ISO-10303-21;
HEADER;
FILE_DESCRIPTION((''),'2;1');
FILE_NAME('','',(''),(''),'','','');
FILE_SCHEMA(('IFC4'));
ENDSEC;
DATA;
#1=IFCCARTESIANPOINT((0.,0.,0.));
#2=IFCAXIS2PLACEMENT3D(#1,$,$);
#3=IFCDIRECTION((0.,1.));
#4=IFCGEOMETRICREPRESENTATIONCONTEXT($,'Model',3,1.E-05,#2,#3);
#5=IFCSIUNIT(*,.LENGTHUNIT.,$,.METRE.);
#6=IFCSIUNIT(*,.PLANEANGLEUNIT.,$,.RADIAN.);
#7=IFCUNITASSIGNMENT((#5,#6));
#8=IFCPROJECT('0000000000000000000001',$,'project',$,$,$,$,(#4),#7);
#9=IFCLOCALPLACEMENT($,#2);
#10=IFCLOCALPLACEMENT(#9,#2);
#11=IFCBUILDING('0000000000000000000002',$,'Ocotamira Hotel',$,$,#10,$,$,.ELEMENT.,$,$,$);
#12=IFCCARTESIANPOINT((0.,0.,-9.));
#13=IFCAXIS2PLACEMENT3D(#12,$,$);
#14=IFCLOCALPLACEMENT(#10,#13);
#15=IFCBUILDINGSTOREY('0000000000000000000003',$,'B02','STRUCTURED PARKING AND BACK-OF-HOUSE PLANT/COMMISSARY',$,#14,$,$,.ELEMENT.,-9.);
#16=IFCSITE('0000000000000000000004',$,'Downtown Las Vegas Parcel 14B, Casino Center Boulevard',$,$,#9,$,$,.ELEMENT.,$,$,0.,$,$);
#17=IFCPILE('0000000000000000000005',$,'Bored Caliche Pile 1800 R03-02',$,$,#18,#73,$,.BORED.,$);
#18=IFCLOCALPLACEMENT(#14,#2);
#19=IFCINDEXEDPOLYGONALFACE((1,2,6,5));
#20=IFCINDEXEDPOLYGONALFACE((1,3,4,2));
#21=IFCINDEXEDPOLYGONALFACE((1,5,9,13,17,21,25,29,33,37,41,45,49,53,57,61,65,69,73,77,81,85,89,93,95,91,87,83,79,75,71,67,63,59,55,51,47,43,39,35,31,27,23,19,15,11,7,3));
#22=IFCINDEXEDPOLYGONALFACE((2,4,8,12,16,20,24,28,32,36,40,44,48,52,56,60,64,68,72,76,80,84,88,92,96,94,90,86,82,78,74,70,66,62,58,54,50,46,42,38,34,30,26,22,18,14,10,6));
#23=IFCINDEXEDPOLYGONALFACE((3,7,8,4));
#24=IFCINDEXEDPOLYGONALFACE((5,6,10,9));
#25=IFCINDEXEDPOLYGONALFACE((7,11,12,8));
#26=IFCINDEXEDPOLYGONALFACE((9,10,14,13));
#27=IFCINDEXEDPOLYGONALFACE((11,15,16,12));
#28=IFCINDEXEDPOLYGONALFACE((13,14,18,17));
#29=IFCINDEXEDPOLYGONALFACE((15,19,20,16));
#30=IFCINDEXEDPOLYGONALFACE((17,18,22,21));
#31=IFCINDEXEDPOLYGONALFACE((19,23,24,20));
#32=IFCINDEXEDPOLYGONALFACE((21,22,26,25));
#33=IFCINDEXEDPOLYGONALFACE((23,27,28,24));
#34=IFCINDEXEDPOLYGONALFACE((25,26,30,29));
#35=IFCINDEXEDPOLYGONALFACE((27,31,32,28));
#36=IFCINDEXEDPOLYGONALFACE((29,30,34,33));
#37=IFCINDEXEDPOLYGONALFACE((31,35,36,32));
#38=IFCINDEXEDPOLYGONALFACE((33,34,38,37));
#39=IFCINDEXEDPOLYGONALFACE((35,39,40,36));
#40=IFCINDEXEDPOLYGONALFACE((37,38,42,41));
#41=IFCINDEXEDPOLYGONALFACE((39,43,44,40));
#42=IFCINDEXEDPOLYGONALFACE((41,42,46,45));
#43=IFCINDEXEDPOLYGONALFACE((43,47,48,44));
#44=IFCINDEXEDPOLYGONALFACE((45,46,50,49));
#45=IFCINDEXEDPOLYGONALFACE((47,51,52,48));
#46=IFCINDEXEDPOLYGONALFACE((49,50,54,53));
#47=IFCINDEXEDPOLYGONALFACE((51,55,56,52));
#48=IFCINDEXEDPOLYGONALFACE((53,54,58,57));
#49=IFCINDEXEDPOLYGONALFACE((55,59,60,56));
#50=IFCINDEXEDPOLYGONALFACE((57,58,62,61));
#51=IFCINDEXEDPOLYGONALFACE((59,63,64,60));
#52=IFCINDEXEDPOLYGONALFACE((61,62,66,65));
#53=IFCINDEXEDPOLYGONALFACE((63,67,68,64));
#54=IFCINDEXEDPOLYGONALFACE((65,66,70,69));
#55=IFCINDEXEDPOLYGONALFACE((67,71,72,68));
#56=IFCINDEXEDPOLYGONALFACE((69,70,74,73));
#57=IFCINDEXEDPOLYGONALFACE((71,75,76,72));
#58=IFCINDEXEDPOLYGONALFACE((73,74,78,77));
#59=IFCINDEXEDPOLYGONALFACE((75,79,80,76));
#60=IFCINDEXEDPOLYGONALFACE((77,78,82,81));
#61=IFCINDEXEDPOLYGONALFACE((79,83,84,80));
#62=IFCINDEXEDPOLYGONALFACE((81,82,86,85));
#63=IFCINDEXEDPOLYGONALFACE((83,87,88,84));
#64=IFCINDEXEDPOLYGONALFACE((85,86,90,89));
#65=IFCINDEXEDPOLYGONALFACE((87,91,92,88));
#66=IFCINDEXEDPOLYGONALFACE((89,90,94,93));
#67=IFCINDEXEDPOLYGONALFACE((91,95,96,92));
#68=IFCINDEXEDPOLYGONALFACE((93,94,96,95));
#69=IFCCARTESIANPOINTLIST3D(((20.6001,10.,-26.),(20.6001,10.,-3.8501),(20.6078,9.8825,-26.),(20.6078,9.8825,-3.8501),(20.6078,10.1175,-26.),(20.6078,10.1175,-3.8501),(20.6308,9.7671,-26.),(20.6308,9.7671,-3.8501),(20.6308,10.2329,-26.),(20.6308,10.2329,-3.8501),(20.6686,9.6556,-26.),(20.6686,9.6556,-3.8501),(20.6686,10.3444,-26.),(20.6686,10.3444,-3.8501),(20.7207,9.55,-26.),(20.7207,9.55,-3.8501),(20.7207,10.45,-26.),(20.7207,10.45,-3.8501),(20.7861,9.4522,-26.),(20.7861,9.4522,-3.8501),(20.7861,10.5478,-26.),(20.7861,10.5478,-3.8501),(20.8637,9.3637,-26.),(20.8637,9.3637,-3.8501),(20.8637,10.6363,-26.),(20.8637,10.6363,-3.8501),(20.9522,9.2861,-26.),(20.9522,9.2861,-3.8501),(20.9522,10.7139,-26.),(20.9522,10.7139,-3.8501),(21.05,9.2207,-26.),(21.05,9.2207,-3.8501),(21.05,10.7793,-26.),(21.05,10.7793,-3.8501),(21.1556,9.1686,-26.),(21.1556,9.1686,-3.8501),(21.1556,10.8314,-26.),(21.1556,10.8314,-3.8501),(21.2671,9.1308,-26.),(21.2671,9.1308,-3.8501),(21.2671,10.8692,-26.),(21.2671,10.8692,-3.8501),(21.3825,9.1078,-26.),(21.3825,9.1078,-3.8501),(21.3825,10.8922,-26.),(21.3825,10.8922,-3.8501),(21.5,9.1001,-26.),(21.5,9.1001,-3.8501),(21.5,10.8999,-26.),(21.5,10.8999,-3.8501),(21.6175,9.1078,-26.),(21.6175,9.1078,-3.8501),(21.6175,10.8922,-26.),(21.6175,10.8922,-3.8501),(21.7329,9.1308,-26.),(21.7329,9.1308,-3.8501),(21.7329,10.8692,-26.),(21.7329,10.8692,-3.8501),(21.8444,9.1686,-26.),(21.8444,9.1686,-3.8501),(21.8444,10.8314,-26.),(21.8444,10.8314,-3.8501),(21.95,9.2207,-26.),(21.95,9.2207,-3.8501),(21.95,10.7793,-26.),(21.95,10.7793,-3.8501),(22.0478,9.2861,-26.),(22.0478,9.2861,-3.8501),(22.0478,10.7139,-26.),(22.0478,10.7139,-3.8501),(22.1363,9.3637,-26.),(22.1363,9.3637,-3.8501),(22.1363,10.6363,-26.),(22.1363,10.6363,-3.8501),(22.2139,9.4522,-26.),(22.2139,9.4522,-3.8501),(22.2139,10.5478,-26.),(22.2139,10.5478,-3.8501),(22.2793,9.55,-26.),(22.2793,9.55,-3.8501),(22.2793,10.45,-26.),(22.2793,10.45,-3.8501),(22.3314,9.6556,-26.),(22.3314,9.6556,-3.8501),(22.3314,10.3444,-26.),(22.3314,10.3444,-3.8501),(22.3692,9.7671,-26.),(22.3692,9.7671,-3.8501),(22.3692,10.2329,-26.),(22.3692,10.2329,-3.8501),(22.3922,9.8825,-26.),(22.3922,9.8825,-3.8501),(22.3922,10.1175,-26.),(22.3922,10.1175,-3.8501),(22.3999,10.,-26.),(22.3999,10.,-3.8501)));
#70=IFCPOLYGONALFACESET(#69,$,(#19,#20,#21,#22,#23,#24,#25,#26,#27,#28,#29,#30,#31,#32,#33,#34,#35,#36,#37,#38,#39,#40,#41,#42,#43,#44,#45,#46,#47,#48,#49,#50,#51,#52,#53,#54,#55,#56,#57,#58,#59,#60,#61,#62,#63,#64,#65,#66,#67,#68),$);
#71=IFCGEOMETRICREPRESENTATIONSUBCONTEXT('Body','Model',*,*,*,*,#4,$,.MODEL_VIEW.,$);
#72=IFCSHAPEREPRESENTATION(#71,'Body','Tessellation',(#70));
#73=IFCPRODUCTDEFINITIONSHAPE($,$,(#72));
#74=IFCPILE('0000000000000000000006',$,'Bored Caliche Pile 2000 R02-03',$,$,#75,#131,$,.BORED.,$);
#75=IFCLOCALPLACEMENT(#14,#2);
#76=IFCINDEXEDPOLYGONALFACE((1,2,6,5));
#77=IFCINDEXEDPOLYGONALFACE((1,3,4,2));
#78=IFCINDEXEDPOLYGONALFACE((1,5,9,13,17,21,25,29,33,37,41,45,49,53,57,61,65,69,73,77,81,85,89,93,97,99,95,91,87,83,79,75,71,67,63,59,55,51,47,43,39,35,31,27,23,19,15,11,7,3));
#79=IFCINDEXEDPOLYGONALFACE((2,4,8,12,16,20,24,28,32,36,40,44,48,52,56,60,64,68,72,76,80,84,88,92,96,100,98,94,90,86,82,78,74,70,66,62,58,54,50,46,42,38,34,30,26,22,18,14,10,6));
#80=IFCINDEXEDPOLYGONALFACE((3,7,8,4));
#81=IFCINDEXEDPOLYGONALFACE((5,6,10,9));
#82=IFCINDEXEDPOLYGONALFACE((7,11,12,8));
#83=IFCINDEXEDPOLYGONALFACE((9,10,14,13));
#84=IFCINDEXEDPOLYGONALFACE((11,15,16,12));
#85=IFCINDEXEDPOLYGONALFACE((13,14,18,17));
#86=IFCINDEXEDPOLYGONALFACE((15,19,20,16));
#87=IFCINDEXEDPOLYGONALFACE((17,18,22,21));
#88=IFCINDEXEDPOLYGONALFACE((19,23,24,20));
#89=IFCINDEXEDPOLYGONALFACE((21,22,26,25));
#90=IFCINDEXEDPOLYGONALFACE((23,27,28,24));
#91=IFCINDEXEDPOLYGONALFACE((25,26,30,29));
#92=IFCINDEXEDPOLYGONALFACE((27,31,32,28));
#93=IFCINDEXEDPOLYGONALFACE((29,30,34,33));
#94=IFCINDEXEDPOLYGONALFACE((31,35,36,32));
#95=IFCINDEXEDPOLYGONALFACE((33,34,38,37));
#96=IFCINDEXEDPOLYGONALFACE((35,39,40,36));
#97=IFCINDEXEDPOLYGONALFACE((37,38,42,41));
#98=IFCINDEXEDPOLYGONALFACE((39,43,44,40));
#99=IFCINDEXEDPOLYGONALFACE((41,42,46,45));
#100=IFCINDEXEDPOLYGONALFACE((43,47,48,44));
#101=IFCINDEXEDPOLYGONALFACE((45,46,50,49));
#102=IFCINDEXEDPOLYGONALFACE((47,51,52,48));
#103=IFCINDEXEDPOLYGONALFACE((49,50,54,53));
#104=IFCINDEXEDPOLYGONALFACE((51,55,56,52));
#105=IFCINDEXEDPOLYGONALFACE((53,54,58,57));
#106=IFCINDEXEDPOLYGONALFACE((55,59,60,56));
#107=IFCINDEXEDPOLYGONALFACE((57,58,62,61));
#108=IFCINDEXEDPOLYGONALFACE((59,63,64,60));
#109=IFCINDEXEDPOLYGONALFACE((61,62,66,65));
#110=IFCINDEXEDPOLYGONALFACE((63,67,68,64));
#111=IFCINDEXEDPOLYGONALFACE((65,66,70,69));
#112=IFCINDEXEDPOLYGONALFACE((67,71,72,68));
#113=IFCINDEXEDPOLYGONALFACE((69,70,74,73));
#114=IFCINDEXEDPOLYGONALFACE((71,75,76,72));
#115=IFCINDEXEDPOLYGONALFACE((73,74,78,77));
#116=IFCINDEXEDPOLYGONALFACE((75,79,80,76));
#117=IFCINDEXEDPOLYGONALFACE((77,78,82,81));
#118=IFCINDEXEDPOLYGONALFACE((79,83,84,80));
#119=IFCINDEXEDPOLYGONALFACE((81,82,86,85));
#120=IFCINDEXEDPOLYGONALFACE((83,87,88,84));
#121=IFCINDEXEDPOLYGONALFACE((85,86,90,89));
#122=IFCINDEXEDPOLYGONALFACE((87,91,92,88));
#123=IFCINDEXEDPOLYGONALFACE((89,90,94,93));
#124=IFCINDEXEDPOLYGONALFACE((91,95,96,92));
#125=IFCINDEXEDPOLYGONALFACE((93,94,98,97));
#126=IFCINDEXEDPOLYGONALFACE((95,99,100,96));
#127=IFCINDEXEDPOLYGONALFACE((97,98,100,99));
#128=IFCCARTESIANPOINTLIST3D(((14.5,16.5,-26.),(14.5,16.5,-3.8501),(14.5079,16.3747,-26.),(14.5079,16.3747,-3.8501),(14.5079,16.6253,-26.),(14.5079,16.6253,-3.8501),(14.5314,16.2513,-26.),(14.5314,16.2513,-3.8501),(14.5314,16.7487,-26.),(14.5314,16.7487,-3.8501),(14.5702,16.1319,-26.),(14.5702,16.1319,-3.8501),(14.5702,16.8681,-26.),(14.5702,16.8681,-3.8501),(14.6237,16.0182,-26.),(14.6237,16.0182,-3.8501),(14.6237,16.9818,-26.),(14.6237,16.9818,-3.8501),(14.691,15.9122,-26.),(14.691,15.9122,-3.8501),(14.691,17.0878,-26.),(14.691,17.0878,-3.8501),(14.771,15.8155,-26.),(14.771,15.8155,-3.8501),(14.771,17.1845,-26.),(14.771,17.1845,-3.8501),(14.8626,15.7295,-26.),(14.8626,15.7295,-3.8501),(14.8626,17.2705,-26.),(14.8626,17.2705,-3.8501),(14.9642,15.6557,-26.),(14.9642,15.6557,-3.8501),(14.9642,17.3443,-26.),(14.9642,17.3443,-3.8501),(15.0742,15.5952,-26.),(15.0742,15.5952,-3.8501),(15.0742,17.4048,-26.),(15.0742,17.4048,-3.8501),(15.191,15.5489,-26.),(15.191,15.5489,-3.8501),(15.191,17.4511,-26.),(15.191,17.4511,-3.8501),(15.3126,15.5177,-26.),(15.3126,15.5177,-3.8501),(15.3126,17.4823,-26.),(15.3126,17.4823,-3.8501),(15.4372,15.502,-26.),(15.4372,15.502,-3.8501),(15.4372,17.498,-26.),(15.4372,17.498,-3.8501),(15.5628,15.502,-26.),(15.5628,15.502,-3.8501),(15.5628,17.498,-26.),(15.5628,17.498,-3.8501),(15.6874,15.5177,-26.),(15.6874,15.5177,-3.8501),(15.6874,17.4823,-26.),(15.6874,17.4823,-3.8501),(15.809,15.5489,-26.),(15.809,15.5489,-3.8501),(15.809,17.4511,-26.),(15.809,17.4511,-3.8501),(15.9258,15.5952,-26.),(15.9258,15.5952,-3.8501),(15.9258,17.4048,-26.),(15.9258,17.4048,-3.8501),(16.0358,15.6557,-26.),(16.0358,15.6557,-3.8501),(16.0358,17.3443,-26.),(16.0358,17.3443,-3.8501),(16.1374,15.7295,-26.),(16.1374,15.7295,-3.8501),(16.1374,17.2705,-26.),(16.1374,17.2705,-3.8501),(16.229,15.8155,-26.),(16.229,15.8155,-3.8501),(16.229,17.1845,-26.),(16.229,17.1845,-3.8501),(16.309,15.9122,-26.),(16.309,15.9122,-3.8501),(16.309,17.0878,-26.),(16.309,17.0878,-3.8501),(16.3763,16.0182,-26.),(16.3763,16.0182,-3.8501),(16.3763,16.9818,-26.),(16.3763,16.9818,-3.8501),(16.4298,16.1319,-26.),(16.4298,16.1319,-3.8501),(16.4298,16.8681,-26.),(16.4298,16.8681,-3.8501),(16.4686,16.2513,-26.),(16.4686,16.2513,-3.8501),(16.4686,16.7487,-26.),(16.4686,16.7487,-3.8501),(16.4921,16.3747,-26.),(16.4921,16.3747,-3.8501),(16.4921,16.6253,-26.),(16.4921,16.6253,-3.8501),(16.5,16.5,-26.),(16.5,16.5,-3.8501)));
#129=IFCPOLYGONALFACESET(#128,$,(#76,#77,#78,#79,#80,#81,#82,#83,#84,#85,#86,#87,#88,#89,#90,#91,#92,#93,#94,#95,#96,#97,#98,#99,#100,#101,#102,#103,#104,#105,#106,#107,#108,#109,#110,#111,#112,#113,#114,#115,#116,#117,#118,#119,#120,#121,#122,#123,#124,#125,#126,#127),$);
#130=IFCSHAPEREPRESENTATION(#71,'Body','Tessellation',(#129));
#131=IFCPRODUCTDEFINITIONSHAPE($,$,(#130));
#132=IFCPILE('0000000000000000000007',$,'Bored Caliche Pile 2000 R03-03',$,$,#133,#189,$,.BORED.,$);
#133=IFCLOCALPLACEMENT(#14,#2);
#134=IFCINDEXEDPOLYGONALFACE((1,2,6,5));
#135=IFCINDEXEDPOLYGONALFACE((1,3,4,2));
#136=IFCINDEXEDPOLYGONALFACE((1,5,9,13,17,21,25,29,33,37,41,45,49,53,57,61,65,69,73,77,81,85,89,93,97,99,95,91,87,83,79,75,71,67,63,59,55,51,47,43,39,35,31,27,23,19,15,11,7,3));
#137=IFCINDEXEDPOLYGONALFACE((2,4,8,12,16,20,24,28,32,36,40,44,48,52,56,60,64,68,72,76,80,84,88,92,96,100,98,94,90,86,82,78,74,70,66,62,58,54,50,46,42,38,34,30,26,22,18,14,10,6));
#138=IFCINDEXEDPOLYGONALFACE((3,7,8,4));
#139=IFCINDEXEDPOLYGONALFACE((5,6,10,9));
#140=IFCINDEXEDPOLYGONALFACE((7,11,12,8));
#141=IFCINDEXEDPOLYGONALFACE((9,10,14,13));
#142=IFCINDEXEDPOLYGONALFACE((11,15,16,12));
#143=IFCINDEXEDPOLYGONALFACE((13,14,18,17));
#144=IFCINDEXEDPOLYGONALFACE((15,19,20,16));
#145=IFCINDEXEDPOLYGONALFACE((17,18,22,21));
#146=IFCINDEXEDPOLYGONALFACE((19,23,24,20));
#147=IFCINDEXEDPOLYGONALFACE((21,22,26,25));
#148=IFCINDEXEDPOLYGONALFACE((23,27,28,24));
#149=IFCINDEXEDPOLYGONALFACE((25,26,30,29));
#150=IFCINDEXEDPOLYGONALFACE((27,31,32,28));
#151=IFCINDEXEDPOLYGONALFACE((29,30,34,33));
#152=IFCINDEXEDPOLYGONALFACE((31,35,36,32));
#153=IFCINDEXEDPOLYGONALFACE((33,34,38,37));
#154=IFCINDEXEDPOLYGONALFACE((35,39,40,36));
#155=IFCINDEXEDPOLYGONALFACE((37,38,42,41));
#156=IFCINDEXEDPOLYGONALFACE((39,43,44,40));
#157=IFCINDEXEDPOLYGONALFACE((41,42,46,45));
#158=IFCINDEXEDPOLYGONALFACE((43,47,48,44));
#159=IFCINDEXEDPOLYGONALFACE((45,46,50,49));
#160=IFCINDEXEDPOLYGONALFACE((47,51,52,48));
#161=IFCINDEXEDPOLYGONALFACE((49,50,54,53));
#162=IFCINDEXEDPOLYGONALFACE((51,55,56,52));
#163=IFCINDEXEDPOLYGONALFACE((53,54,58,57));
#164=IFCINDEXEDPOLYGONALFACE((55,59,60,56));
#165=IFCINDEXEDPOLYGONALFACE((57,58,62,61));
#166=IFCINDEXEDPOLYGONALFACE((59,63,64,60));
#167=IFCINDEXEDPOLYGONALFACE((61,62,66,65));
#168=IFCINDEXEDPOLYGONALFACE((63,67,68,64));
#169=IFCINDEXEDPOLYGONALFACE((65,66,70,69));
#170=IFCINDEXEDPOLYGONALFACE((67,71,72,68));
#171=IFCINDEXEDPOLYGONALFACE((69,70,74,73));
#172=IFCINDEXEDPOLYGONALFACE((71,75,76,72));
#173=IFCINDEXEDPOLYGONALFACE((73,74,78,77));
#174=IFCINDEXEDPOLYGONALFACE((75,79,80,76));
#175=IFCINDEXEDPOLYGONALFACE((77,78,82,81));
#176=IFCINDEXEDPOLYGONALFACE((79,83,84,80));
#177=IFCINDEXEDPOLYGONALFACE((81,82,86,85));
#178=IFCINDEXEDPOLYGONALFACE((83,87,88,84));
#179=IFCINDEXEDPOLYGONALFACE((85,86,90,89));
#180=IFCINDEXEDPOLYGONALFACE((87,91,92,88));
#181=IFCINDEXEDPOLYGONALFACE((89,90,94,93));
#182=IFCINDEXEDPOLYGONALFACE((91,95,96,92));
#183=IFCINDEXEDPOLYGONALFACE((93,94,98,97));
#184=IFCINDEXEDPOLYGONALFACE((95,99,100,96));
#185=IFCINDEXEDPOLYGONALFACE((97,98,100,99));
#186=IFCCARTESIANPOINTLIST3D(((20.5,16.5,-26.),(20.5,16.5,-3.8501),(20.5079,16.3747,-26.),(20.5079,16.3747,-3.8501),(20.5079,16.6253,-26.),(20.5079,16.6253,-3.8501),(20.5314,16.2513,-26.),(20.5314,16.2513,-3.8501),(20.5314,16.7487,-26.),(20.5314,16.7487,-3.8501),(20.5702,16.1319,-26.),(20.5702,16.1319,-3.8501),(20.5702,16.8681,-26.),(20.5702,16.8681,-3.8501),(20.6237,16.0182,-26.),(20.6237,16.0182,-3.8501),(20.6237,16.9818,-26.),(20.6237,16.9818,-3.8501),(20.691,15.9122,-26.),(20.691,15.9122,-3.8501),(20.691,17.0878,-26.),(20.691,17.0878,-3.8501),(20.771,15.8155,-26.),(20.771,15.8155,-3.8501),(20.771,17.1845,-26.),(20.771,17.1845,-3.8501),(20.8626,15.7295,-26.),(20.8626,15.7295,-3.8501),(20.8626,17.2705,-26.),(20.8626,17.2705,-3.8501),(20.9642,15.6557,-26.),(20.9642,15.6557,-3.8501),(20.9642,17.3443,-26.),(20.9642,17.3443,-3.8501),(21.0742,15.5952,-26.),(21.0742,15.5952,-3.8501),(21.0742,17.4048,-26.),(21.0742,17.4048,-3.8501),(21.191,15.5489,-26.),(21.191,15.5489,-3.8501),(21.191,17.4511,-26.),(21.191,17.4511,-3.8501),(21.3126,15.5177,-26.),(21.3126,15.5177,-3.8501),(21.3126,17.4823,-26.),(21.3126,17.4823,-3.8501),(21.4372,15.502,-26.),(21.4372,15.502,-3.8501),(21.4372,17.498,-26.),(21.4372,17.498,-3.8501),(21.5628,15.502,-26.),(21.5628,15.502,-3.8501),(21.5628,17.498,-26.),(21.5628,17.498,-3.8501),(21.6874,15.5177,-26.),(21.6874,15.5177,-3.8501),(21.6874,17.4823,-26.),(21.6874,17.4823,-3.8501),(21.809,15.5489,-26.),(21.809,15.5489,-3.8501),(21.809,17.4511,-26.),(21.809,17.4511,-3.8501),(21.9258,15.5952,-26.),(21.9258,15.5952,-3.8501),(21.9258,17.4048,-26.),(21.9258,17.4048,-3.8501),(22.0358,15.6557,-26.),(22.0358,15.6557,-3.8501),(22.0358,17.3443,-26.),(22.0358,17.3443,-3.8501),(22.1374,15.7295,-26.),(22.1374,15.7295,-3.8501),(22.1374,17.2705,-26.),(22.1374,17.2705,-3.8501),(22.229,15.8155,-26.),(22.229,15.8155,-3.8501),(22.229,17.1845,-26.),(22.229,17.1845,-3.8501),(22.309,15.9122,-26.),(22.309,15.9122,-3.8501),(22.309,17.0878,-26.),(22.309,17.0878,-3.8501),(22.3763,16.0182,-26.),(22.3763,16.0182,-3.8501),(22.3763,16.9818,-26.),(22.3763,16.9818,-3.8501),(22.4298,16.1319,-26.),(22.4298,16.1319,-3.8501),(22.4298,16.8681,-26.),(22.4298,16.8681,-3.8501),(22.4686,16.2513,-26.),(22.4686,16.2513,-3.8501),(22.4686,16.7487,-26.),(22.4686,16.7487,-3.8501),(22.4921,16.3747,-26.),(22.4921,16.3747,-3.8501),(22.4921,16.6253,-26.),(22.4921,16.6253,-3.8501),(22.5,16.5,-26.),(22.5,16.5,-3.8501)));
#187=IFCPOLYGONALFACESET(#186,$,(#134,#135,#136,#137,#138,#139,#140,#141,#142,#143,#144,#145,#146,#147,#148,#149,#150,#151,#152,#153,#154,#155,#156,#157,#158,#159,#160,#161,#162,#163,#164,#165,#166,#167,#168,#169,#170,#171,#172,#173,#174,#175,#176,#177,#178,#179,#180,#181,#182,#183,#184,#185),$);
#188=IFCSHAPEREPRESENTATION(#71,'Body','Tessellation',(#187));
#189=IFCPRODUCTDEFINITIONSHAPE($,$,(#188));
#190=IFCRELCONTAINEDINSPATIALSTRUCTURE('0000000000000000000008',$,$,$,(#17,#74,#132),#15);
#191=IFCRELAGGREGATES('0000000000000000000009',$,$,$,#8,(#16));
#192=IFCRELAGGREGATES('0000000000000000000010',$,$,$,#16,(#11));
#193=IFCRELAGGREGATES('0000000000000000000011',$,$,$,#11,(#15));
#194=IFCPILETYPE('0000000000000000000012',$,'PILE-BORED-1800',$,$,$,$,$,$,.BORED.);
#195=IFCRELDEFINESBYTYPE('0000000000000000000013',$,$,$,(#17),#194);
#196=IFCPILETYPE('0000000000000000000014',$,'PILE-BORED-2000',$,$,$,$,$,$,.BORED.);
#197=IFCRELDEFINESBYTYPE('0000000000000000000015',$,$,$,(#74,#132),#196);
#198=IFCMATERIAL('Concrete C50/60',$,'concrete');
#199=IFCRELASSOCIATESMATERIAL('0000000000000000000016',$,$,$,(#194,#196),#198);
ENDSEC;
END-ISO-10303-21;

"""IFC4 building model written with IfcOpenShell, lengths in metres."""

from ifc_helpers import new_model, si_unit, direction, frame, origin, origin_2d, place, context, subcontext, project, spatial, circle, extrude, source, transform, mapped, material, material_profile, profile_set, type_object, element, save


model = new_model("IFC4")

# Units and contexts
model_context = context("Model", 3, precision=1e-05, world=origin(), true_north=direction((0.0, 1.0)))
body_context = subcontext(model_context, "Body", "Model", "MODEL_VIEW")
ifc_project = project(units=[si_unit("LENGTHUNIT", "METRE"), si_unit("PLANEANGLEUNIT", "RADIAN")], contexts=[model_context])

# Site, building, storey
site_placement = place(None, origin())
site = spatial("IfcSite", under=ifc_project, at=site_placement, Name="Downtown Las Vegas Parcel 14B, Casino Center Boulevard", CompositionType="ELEMENT", RefElevation=0.0)
building_placement = place(site_placement, origin())
building = spatial("IfcBuilding", under=site, at=building_placement, Name="Ocotamira Hotel", CompositionType="ELEMENT")
storey_placement = place(building_placement, frame((0.0, 0.0, -9.0)))
storey = spatial("IfcBuildingStorey", under=building, at=storey_placement, Name="B02", Description="STRUCTURED PARKING AND BACK-OF-HOUSE PLANT/COMMISSARY", CompositionType="ELEMENT", Elevation=-9.0)

# Piles
ifc_material_1 = material(Name="Concrete C50/60", Category="concrete")
ifc_material_profile_1 = material_profile(ifc_material_1, circle(Radius=0.8999, at=origin_2d()), Name="PILE1800")
ifc_profile_set_1 = profile_set([ifc_material_profile_1], Name="Concrete C50/60")
pile_type_1 = type_object("IfcPileType", Name="PILE-BORED-1800", PredefinedType="BORED", material=ifc_profile_set_1)
shared_shape_1 = source(origin(), body_context, "Body", "SweptSolid", [
    extrude(circle(Radius=0.8999, at=origin_2d()), origin(), (0.0, 0.0, 1.0), 22.1499),
])
for number, where, z_axis, x_axis, name in (
    (1, (21.5, 10.0, -3.8501), (0.0, 0.0, -1.0), (1.0, 0.0, 0.0), "Bored Caliche Pile 1800 R03-02"),
):
    element("IfcPile", number, at=place(storey_placement, frame(where, z_axis=z_axis, x_axis=x_axis)), inside=storey, type_object=pile_type_1, Name=name, PredefinedType="BORED", context=body_context, shape_type="MappedRepresentation", body=[
        mapped(shared_shape_1, transform((0.0, 0.0, 0.0), scale=1.0)),
    ])
ifc_material_profile_2 = material_profile(ifc_material_1, circle(Radius=1.0, at=origin_2d()), Name="PILE2000")
ifc_profile_set_2 = profile_set([ifc_material_profile_2], Name="Concrete C50/60")
pile_type_2 = type_object("IfcPileType", Name="PILE-BORED-2000", PredefinedType="BORED", material=ifc_profile_set_2)
shared_shape_2 = source(origin(), body_context, "Body", "SweptSolid", [
    extrude(circle(Radius=1.0, at=origin_2d()), origin(), (0.0, 0.0, 1.0), 22.1499),
])
for number, where, z_axis, x_axis, name in (
    (2, (15.5, 16.5, -3.8501), (0.0, 0.0, -1.0), (1.0, 0.0, 0.0), "Bored Caliche Pile 2000 R02-03"),
    (3, (21.5, 16.5, -3.8501), (0.0, 0.0, -1.0), (1.0, 0.0, 0.0), "Bored Caliche Pile 2000 R03-03"),
):
    element("IfcPile", number, at=place(storey_placement, frame(where, z_axis=z_axis, x_axis=x_axis)), inside=storey, type_object=pile_type_2, Name=name, PredefinedType="BORED", context=body_context, shape_type="MappedRepresentation", body=[
        mapped(shared_shape_2, transform((0.0, 0.0, 0.0), scale=1.0)),
    ])

save(model, "model.ifc")
